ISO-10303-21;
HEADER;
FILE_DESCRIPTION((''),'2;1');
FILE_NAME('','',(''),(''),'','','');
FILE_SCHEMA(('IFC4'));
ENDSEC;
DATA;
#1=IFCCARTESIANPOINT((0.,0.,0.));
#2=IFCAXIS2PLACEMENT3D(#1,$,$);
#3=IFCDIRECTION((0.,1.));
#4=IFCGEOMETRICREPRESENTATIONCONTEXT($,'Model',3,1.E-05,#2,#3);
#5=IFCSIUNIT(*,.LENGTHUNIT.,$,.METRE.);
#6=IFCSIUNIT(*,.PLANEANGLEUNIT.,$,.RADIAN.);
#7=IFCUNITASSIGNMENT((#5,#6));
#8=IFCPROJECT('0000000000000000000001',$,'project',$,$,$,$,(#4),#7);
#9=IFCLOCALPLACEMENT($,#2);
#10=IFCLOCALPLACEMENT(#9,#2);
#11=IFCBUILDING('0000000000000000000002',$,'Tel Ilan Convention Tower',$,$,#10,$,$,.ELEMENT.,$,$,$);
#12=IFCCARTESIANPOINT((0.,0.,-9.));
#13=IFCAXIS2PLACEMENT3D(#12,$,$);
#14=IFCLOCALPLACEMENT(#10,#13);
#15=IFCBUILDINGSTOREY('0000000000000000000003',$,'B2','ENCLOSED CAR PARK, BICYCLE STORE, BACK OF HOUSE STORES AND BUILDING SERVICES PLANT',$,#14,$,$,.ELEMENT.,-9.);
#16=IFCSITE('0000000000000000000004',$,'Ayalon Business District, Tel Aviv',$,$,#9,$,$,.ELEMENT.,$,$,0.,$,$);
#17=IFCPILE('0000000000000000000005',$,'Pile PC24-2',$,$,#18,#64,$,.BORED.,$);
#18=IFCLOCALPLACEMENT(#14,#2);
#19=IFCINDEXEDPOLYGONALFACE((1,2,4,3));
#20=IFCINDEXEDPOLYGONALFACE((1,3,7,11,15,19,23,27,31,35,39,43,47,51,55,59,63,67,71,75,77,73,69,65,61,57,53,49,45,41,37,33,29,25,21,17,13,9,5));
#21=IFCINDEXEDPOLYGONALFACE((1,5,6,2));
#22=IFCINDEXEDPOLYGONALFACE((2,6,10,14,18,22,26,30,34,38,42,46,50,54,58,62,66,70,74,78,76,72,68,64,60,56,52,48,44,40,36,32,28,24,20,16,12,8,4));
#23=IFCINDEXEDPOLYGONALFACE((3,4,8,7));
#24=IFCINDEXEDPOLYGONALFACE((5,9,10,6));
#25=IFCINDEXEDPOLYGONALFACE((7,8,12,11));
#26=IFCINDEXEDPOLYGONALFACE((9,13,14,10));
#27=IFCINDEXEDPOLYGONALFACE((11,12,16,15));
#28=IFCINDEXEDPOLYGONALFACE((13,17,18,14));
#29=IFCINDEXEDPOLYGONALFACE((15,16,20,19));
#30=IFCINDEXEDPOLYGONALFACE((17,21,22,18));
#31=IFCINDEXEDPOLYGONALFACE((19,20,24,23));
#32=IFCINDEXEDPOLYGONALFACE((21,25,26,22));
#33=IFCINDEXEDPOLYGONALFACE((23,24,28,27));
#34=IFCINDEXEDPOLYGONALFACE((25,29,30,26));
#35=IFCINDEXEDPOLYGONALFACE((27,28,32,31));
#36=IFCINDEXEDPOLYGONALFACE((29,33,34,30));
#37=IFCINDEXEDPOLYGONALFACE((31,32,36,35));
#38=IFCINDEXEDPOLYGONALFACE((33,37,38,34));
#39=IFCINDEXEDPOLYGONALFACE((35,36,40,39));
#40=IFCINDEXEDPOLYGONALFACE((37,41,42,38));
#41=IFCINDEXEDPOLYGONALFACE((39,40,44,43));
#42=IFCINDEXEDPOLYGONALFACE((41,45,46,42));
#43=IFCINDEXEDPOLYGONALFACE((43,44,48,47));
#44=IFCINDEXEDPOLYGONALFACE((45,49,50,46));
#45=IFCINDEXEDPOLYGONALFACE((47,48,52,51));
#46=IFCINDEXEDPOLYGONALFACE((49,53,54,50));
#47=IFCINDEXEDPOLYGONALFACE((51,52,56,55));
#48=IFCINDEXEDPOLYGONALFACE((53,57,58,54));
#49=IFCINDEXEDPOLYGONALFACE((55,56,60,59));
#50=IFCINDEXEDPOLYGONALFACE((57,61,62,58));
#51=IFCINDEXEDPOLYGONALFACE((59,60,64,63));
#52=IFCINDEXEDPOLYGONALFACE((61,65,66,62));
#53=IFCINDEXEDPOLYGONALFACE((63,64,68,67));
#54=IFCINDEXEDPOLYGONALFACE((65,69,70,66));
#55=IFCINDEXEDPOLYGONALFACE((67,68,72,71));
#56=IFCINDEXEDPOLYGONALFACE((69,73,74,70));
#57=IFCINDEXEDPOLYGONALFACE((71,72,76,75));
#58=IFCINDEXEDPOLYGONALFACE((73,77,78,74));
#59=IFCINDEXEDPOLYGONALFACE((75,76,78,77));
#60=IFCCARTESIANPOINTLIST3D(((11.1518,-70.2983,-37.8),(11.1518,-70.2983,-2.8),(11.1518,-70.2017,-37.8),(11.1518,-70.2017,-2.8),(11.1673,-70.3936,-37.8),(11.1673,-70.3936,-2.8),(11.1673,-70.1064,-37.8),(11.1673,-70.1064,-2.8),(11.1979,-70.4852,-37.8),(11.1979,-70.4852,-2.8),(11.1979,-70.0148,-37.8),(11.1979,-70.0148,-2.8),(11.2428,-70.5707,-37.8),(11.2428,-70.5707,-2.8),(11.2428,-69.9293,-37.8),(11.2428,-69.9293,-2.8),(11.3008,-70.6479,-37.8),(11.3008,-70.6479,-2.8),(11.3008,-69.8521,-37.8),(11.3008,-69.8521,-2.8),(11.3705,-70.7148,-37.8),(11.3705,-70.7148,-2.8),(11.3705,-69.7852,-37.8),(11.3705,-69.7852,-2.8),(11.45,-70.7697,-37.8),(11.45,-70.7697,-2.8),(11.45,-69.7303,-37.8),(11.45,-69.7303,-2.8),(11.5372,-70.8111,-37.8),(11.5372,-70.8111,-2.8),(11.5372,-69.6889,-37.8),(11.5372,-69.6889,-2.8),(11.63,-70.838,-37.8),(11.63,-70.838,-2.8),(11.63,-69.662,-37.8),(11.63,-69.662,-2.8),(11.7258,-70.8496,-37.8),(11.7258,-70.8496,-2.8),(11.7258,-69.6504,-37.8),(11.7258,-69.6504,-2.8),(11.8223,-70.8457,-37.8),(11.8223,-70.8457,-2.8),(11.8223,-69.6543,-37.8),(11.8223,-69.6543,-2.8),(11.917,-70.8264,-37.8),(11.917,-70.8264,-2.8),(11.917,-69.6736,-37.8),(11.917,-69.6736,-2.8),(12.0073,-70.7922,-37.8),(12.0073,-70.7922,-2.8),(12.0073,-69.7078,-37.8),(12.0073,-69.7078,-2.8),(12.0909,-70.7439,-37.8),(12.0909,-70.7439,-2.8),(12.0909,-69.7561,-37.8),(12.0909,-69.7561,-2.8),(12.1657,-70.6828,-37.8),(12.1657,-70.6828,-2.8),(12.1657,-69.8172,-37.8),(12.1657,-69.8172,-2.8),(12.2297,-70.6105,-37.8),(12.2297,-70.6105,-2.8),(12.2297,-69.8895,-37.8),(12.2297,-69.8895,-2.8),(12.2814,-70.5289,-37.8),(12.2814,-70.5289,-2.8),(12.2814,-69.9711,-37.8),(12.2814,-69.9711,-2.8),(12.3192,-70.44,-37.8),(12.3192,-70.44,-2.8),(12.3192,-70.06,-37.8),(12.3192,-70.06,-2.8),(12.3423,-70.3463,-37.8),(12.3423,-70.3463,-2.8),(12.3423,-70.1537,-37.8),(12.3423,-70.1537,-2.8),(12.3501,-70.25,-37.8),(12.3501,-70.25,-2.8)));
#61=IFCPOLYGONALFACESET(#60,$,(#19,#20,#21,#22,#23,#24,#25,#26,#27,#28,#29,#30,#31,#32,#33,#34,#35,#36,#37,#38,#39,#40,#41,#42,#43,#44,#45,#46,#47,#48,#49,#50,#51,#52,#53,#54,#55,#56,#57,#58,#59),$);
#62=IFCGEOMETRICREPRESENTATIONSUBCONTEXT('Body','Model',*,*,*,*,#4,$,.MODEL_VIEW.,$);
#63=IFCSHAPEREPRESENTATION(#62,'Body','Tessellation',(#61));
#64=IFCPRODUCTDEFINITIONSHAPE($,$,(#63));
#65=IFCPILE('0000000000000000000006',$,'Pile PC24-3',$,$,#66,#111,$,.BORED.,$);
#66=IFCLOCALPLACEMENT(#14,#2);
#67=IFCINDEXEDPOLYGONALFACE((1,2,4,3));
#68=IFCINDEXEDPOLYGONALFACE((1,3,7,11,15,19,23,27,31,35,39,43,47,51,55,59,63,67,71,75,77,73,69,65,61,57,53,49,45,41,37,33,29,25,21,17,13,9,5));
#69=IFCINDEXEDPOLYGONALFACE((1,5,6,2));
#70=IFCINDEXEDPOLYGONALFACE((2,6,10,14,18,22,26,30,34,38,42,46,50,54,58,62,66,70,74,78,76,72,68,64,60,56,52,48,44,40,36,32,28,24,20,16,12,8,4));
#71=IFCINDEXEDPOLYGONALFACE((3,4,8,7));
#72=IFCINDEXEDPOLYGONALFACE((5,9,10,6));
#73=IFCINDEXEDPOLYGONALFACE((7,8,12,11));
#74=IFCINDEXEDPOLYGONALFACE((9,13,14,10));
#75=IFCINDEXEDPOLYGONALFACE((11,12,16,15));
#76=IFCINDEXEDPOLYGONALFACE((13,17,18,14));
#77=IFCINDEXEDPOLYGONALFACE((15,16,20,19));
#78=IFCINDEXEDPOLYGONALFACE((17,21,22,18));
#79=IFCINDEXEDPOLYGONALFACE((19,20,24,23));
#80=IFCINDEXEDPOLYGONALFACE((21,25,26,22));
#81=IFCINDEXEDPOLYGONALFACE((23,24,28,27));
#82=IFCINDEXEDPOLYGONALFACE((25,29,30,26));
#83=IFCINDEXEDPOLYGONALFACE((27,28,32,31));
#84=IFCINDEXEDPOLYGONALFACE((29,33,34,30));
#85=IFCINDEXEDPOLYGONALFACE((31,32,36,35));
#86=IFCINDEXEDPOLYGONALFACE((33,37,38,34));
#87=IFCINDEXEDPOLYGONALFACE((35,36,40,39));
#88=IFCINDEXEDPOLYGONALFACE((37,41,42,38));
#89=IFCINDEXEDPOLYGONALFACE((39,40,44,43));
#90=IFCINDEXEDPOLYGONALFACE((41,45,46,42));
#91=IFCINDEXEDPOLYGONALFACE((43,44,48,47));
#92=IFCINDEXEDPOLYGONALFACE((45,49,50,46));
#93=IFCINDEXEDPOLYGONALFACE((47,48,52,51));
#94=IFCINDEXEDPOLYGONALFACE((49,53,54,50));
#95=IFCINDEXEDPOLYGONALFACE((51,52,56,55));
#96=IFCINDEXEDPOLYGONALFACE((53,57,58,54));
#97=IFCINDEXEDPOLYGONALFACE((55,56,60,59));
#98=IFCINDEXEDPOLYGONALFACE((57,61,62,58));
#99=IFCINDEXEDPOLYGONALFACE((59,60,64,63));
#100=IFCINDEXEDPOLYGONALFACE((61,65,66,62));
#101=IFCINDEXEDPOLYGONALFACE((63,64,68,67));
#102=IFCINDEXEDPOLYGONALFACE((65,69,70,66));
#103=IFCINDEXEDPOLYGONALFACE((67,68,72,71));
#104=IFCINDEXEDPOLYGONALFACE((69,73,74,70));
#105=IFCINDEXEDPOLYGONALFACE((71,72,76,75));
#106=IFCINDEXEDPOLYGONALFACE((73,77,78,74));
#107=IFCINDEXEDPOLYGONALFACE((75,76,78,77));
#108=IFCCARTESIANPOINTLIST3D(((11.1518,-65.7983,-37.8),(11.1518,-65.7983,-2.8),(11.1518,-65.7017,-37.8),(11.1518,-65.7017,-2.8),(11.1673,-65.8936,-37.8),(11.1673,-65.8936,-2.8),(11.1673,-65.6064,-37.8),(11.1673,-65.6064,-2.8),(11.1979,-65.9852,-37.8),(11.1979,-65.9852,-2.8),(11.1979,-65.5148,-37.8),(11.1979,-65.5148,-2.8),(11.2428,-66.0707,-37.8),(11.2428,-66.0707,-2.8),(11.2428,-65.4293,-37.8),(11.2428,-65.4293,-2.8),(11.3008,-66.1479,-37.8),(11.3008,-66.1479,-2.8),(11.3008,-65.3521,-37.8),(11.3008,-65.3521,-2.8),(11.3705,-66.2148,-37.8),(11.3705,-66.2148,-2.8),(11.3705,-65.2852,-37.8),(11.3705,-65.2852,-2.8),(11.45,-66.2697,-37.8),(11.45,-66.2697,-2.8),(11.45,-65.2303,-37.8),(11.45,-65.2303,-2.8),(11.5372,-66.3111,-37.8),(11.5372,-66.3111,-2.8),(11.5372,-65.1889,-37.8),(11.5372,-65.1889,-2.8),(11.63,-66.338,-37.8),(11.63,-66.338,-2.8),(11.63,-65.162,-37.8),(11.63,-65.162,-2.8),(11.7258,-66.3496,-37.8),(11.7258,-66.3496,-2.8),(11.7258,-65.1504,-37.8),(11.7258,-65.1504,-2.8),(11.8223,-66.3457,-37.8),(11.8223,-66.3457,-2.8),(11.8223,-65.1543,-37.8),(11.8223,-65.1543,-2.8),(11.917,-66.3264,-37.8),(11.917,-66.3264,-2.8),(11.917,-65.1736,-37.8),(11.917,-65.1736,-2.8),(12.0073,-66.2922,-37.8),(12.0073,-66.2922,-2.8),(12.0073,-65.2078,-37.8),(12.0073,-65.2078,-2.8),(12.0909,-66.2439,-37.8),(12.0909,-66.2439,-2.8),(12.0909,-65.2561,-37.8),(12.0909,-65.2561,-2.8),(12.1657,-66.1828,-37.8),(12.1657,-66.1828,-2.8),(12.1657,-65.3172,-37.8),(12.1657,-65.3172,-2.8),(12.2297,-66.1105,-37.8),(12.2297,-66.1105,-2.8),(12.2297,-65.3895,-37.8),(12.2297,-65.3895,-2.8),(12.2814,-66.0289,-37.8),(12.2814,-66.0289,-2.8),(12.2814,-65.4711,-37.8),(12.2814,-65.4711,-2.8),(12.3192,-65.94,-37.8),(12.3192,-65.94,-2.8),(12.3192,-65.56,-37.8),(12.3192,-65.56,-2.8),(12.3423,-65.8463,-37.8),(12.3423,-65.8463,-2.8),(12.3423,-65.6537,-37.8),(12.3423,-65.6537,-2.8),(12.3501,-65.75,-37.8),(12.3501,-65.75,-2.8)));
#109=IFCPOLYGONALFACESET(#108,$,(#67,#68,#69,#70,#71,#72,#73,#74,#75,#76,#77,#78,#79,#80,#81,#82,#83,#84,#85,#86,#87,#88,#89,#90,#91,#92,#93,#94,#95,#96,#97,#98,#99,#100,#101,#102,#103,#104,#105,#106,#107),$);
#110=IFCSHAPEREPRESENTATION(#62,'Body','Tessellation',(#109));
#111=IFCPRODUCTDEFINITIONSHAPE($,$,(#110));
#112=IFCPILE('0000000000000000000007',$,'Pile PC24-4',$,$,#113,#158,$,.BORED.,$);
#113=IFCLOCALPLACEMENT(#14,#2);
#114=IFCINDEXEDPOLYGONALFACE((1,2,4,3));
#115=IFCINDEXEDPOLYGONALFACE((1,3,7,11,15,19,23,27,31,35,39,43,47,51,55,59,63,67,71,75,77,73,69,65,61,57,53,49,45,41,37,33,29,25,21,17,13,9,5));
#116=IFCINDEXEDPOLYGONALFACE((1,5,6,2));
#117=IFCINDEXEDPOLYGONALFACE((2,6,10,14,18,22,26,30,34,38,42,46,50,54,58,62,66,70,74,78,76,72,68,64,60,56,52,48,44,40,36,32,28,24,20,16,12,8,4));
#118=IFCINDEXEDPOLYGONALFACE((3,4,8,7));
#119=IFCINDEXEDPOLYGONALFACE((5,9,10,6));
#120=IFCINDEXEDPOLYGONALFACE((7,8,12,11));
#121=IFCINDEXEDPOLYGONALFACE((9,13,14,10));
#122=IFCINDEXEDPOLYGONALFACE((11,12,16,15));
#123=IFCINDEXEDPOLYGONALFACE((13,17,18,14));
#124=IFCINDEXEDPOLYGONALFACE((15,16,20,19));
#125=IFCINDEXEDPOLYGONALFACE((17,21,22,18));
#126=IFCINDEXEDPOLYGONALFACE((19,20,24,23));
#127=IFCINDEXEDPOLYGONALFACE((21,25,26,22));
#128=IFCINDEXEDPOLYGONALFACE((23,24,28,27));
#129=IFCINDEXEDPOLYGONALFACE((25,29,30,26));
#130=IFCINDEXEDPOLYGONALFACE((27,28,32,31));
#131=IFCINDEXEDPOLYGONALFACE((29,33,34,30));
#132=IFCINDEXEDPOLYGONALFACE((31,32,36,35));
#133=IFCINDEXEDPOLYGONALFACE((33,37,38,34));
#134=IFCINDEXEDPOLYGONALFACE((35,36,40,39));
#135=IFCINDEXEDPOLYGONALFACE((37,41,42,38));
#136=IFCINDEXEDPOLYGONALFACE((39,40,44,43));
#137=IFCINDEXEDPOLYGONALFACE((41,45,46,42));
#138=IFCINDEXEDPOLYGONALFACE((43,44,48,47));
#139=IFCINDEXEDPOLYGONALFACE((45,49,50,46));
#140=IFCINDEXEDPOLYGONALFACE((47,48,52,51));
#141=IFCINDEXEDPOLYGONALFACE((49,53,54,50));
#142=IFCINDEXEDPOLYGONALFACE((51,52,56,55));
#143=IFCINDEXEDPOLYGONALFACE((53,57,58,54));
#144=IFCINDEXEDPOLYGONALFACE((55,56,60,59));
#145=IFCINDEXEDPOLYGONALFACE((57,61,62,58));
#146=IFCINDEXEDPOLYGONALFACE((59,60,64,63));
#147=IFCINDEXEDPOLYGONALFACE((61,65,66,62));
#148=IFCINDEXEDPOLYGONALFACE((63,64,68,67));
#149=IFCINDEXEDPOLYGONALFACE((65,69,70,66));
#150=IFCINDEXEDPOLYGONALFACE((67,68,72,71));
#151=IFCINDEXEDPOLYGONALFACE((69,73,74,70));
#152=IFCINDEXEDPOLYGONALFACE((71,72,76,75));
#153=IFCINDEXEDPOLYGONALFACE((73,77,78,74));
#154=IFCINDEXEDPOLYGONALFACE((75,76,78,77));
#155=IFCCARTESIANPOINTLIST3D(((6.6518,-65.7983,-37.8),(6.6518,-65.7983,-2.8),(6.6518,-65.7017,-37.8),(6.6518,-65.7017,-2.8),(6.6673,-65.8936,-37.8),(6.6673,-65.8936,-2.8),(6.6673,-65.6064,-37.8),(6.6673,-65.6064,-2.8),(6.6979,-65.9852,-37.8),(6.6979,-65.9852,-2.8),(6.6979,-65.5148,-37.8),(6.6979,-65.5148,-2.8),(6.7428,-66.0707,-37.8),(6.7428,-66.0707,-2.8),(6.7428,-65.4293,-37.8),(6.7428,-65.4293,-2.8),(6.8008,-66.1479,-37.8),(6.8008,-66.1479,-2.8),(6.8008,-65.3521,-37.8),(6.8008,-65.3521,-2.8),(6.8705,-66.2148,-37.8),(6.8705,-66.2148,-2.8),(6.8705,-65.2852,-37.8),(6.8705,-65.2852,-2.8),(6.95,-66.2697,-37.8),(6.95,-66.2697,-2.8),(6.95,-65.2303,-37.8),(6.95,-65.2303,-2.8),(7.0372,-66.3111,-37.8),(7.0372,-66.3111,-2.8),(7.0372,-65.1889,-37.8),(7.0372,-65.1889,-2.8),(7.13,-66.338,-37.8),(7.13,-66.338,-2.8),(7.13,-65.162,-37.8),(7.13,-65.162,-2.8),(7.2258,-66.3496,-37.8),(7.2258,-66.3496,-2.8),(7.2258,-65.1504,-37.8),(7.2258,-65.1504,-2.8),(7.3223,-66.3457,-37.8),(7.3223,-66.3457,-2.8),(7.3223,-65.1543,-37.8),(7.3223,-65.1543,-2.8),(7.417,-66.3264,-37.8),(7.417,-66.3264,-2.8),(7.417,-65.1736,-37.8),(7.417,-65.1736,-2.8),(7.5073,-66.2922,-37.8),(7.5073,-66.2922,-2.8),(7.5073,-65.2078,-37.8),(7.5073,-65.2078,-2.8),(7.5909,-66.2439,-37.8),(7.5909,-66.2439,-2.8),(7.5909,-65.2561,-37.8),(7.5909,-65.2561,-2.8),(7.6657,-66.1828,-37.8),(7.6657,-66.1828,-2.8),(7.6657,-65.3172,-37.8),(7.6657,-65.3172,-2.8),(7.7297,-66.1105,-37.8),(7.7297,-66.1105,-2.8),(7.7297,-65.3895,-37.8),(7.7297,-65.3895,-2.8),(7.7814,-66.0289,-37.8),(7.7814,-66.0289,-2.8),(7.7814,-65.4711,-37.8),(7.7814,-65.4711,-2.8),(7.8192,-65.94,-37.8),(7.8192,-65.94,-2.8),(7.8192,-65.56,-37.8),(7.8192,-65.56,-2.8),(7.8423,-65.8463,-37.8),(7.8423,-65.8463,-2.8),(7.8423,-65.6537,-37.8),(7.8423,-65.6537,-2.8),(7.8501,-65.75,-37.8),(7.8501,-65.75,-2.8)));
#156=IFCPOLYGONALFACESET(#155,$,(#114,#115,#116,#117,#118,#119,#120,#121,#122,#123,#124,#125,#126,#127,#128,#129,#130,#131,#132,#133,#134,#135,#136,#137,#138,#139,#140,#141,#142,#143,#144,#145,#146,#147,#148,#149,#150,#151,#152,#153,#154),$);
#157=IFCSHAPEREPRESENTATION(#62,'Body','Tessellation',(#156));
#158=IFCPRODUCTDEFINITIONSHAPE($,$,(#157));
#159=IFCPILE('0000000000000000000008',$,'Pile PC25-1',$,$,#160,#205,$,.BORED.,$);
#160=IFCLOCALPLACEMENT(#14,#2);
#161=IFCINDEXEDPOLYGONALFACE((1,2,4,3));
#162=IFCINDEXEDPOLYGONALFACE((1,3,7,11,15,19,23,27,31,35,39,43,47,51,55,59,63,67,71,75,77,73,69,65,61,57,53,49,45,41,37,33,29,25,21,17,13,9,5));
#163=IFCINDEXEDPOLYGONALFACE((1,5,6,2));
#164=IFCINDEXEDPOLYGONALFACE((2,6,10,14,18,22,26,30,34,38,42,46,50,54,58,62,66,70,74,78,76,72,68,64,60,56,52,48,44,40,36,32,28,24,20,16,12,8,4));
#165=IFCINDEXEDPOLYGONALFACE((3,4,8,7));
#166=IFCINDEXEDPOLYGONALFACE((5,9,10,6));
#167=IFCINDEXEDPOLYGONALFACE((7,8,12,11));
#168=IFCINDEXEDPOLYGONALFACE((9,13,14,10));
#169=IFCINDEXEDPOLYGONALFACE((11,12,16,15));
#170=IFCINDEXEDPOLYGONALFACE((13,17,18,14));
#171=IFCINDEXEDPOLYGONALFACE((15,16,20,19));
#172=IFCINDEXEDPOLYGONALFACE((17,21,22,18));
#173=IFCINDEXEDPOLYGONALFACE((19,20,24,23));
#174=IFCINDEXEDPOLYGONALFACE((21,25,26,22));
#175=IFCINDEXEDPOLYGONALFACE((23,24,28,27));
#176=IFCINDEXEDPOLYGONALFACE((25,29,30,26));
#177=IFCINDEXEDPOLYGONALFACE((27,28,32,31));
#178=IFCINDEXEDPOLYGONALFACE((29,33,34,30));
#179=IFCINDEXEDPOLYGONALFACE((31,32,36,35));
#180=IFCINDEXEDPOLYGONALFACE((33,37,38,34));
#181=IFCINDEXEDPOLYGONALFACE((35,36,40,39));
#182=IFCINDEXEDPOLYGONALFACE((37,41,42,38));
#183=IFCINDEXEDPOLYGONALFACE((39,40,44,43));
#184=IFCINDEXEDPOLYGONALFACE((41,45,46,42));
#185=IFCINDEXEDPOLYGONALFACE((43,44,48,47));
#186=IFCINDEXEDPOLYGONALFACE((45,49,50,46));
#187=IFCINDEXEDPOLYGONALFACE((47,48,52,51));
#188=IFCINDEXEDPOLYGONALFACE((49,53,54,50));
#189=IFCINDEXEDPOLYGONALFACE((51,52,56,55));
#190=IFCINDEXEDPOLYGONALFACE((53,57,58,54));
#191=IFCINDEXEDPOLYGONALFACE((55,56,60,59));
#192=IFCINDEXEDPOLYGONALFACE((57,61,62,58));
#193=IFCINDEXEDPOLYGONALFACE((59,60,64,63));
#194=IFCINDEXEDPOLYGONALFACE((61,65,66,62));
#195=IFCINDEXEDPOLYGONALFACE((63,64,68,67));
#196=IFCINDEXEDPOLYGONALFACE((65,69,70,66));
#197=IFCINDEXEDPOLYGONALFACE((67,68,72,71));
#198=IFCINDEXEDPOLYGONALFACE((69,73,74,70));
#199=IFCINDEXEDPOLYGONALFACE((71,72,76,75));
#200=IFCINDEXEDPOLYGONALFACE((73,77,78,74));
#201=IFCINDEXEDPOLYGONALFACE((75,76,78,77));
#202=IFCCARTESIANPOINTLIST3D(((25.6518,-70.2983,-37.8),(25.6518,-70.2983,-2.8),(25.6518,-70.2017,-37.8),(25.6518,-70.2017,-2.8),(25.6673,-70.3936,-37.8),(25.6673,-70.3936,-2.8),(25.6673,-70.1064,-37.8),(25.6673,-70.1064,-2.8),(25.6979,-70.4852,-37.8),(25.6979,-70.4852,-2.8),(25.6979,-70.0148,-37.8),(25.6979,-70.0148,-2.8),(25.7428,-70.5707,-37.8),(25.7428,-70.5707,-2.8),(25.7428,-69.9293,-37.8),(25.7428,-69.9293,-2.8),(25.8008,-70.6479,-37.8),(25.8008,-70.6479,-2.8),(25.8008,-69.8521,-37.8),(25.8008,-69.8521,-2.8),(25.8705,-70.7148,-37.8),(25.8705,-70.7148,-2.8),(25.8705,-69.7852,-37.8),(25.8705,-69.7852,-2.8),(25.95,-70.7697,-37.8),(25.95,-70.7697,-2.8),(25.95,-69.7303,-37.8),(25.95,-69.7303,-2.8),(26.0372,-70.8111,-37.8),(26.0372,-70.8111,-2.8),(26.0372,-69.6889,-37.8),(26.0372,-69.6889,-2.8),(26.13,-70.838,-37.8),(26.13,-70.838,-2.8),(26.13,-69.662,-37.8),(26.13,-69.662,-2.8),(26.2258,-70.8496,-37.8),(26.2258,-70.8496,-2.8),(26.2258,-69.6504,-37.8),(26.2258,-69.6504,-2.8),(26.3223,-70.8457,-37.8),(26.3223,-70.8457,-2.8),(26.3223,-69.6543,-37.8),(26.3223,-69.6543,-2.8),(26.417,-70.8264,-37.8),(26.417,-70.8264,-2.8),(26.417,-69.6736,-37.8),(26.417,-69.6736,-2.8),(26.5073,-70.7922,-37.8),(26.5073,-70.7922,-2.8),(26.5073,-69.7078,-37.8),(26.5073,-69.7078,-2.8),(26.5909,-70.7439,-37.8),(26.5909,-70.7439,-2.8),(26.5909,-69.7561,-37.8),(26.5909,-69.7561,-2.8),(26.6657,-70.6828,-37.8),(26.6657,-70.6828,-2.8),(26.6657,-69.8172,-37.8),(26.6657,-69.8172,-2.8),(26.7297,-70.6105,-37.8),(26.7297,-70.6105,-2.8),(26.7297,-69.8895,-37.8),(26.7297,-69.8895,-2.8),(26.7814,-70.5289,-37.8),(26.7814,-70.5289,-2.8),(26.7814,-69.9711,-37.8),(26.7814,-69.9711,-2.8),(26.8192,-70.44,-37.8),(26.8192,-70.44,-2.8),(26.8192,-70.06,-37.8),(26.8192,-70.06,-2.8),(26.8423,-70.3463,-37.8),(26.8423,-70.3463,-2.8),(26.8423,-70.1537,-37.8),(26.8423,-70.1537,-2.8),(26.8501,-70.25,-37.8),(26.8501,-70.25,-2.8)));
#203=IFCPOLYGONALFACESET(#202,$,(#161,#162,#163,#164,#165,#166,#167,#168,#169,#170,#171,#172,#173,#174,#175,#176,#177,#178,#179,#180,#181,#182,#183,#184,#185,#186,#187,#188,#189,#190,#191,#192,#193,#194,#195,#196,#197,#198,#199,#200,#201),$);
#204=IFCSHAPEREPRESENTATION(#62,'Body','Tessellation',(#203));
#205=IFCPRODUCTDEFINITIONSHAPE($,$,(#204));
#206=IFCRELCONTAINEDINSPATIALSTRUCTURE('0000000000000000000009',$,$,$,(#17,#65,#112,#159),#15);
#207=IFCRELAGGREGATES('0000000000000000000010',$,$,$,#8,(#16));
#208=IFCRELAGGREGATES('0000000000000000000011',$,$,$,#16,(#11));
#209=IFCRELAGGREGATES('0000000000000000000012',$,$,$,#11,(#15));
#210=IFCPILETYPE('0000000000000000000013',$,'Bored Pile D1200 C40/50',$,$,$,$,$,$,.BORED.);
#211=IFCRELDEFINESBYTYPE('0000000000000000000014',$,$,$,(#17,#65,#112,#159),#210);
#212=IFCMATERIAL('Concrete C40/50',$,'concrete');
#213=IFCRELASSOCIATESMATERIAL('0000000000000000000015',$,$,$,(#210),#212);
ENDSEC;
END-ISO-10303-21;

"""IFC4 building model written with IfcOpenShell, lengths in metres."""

from ifc_helpers import new_model, si_unit, direction, frame, origin, origin_2d, place, context, subcontext, project, spatial, circle, extrude, material, material_profile, profile_set, type_object, element, save


model = new_model("IFC4")

# Units and contexts
model_context = context("Model", 3, precision=1e-05, world=origin(), true_north=direction((0.0, 1.0)))
body_context = subcontext(model_context, "Body", "Model", "MODEL_VIEW")
ifc_project = project(units=[si_unit("LENGTHUNIT", "METRE"), si_unit("PLANEANGLEUNIT", "RADIAN")], contexts=[model_context])

# Site, building, storey
site_placement = place(None, origin())
site = spatial("IfcSite", under=ifc_project, at=site_placement, Name="Ayalon Business District, Tel Aviv", CompositionType="ELEMENT", RefElevation=0.0)
building_placement = place(site_placement, origin())
building = spatial("IfcBuilding", under=site, at=building_placement, Name="Tel Ilan Convention Tower", CompositionType="ELEMENT")
storey_placement = place(building_placement, frame((0.0, 0.0, -9.0)))
storey = spatial("IfcBuildingStorey", under=building, at=storey_placement, Name="B2", Description="ENCLOSED CAR PARK, BICYCLE STORE, BACK OF HOUSE STORES AND BUILDING SERVICES PLANT", CompositionType="ELEMENT", Elevation=-9.0)

# Piles
ifc_material_1 = material(Name="Concrete C40/50", Category="concrete")
ifc_material_profile_1 = material_profile(ifc_material_1, circle(Radius=0.6001, at=origin_2d()), Name="BORED D1200")
ifc_profile_set_1 = profile_set([ifc_material_profile_1], Name="Concrete C40/50")
pile_type = type_object("IfcPileType", Name="Bored Pile D1200 C40/50", PredefinedType="BORED", material=ifc_profile_set_1)
for number, where, z_axis, x_axis, name in (
    (1, (11.75, -70.25, -2.8), (0.0, 0.0, -1.0), (1.0, 0.0, 0.0), "Pile PC24-2"),
    (2, (11.75, -65.75, -2.8), (0.0, 0.0, -1.0), (1.0, 0.0, 0.0), "Pile PC24-3"),
    (3, (7.25, -65.75, -2.8), (0.0, 0.0, -1.0), (1.0, 0.0, 0.0), "Pile PC24-4"),
    (4, (26.25, -70.25, -2.8), (0.0, 0.0, -1.0), (1.0, 0.0, 0.0), "Pile PC25-1"),
):
    element("IfcPile", number, at=place(storey_placement, frame(where, z_axis=z_axis, x_axis=x_axis)), inside=storey, type_object=pile_type, Name=name, PredefinedType="BORED", context=body_context, shape_type="SweptSolid", body=[
        extrude(circle(Radius=0.6001, at=origin_2d()), origin(), (0.0, 0.0, 1.0), 35.0),
    ])

save(model, "model.ifc")
